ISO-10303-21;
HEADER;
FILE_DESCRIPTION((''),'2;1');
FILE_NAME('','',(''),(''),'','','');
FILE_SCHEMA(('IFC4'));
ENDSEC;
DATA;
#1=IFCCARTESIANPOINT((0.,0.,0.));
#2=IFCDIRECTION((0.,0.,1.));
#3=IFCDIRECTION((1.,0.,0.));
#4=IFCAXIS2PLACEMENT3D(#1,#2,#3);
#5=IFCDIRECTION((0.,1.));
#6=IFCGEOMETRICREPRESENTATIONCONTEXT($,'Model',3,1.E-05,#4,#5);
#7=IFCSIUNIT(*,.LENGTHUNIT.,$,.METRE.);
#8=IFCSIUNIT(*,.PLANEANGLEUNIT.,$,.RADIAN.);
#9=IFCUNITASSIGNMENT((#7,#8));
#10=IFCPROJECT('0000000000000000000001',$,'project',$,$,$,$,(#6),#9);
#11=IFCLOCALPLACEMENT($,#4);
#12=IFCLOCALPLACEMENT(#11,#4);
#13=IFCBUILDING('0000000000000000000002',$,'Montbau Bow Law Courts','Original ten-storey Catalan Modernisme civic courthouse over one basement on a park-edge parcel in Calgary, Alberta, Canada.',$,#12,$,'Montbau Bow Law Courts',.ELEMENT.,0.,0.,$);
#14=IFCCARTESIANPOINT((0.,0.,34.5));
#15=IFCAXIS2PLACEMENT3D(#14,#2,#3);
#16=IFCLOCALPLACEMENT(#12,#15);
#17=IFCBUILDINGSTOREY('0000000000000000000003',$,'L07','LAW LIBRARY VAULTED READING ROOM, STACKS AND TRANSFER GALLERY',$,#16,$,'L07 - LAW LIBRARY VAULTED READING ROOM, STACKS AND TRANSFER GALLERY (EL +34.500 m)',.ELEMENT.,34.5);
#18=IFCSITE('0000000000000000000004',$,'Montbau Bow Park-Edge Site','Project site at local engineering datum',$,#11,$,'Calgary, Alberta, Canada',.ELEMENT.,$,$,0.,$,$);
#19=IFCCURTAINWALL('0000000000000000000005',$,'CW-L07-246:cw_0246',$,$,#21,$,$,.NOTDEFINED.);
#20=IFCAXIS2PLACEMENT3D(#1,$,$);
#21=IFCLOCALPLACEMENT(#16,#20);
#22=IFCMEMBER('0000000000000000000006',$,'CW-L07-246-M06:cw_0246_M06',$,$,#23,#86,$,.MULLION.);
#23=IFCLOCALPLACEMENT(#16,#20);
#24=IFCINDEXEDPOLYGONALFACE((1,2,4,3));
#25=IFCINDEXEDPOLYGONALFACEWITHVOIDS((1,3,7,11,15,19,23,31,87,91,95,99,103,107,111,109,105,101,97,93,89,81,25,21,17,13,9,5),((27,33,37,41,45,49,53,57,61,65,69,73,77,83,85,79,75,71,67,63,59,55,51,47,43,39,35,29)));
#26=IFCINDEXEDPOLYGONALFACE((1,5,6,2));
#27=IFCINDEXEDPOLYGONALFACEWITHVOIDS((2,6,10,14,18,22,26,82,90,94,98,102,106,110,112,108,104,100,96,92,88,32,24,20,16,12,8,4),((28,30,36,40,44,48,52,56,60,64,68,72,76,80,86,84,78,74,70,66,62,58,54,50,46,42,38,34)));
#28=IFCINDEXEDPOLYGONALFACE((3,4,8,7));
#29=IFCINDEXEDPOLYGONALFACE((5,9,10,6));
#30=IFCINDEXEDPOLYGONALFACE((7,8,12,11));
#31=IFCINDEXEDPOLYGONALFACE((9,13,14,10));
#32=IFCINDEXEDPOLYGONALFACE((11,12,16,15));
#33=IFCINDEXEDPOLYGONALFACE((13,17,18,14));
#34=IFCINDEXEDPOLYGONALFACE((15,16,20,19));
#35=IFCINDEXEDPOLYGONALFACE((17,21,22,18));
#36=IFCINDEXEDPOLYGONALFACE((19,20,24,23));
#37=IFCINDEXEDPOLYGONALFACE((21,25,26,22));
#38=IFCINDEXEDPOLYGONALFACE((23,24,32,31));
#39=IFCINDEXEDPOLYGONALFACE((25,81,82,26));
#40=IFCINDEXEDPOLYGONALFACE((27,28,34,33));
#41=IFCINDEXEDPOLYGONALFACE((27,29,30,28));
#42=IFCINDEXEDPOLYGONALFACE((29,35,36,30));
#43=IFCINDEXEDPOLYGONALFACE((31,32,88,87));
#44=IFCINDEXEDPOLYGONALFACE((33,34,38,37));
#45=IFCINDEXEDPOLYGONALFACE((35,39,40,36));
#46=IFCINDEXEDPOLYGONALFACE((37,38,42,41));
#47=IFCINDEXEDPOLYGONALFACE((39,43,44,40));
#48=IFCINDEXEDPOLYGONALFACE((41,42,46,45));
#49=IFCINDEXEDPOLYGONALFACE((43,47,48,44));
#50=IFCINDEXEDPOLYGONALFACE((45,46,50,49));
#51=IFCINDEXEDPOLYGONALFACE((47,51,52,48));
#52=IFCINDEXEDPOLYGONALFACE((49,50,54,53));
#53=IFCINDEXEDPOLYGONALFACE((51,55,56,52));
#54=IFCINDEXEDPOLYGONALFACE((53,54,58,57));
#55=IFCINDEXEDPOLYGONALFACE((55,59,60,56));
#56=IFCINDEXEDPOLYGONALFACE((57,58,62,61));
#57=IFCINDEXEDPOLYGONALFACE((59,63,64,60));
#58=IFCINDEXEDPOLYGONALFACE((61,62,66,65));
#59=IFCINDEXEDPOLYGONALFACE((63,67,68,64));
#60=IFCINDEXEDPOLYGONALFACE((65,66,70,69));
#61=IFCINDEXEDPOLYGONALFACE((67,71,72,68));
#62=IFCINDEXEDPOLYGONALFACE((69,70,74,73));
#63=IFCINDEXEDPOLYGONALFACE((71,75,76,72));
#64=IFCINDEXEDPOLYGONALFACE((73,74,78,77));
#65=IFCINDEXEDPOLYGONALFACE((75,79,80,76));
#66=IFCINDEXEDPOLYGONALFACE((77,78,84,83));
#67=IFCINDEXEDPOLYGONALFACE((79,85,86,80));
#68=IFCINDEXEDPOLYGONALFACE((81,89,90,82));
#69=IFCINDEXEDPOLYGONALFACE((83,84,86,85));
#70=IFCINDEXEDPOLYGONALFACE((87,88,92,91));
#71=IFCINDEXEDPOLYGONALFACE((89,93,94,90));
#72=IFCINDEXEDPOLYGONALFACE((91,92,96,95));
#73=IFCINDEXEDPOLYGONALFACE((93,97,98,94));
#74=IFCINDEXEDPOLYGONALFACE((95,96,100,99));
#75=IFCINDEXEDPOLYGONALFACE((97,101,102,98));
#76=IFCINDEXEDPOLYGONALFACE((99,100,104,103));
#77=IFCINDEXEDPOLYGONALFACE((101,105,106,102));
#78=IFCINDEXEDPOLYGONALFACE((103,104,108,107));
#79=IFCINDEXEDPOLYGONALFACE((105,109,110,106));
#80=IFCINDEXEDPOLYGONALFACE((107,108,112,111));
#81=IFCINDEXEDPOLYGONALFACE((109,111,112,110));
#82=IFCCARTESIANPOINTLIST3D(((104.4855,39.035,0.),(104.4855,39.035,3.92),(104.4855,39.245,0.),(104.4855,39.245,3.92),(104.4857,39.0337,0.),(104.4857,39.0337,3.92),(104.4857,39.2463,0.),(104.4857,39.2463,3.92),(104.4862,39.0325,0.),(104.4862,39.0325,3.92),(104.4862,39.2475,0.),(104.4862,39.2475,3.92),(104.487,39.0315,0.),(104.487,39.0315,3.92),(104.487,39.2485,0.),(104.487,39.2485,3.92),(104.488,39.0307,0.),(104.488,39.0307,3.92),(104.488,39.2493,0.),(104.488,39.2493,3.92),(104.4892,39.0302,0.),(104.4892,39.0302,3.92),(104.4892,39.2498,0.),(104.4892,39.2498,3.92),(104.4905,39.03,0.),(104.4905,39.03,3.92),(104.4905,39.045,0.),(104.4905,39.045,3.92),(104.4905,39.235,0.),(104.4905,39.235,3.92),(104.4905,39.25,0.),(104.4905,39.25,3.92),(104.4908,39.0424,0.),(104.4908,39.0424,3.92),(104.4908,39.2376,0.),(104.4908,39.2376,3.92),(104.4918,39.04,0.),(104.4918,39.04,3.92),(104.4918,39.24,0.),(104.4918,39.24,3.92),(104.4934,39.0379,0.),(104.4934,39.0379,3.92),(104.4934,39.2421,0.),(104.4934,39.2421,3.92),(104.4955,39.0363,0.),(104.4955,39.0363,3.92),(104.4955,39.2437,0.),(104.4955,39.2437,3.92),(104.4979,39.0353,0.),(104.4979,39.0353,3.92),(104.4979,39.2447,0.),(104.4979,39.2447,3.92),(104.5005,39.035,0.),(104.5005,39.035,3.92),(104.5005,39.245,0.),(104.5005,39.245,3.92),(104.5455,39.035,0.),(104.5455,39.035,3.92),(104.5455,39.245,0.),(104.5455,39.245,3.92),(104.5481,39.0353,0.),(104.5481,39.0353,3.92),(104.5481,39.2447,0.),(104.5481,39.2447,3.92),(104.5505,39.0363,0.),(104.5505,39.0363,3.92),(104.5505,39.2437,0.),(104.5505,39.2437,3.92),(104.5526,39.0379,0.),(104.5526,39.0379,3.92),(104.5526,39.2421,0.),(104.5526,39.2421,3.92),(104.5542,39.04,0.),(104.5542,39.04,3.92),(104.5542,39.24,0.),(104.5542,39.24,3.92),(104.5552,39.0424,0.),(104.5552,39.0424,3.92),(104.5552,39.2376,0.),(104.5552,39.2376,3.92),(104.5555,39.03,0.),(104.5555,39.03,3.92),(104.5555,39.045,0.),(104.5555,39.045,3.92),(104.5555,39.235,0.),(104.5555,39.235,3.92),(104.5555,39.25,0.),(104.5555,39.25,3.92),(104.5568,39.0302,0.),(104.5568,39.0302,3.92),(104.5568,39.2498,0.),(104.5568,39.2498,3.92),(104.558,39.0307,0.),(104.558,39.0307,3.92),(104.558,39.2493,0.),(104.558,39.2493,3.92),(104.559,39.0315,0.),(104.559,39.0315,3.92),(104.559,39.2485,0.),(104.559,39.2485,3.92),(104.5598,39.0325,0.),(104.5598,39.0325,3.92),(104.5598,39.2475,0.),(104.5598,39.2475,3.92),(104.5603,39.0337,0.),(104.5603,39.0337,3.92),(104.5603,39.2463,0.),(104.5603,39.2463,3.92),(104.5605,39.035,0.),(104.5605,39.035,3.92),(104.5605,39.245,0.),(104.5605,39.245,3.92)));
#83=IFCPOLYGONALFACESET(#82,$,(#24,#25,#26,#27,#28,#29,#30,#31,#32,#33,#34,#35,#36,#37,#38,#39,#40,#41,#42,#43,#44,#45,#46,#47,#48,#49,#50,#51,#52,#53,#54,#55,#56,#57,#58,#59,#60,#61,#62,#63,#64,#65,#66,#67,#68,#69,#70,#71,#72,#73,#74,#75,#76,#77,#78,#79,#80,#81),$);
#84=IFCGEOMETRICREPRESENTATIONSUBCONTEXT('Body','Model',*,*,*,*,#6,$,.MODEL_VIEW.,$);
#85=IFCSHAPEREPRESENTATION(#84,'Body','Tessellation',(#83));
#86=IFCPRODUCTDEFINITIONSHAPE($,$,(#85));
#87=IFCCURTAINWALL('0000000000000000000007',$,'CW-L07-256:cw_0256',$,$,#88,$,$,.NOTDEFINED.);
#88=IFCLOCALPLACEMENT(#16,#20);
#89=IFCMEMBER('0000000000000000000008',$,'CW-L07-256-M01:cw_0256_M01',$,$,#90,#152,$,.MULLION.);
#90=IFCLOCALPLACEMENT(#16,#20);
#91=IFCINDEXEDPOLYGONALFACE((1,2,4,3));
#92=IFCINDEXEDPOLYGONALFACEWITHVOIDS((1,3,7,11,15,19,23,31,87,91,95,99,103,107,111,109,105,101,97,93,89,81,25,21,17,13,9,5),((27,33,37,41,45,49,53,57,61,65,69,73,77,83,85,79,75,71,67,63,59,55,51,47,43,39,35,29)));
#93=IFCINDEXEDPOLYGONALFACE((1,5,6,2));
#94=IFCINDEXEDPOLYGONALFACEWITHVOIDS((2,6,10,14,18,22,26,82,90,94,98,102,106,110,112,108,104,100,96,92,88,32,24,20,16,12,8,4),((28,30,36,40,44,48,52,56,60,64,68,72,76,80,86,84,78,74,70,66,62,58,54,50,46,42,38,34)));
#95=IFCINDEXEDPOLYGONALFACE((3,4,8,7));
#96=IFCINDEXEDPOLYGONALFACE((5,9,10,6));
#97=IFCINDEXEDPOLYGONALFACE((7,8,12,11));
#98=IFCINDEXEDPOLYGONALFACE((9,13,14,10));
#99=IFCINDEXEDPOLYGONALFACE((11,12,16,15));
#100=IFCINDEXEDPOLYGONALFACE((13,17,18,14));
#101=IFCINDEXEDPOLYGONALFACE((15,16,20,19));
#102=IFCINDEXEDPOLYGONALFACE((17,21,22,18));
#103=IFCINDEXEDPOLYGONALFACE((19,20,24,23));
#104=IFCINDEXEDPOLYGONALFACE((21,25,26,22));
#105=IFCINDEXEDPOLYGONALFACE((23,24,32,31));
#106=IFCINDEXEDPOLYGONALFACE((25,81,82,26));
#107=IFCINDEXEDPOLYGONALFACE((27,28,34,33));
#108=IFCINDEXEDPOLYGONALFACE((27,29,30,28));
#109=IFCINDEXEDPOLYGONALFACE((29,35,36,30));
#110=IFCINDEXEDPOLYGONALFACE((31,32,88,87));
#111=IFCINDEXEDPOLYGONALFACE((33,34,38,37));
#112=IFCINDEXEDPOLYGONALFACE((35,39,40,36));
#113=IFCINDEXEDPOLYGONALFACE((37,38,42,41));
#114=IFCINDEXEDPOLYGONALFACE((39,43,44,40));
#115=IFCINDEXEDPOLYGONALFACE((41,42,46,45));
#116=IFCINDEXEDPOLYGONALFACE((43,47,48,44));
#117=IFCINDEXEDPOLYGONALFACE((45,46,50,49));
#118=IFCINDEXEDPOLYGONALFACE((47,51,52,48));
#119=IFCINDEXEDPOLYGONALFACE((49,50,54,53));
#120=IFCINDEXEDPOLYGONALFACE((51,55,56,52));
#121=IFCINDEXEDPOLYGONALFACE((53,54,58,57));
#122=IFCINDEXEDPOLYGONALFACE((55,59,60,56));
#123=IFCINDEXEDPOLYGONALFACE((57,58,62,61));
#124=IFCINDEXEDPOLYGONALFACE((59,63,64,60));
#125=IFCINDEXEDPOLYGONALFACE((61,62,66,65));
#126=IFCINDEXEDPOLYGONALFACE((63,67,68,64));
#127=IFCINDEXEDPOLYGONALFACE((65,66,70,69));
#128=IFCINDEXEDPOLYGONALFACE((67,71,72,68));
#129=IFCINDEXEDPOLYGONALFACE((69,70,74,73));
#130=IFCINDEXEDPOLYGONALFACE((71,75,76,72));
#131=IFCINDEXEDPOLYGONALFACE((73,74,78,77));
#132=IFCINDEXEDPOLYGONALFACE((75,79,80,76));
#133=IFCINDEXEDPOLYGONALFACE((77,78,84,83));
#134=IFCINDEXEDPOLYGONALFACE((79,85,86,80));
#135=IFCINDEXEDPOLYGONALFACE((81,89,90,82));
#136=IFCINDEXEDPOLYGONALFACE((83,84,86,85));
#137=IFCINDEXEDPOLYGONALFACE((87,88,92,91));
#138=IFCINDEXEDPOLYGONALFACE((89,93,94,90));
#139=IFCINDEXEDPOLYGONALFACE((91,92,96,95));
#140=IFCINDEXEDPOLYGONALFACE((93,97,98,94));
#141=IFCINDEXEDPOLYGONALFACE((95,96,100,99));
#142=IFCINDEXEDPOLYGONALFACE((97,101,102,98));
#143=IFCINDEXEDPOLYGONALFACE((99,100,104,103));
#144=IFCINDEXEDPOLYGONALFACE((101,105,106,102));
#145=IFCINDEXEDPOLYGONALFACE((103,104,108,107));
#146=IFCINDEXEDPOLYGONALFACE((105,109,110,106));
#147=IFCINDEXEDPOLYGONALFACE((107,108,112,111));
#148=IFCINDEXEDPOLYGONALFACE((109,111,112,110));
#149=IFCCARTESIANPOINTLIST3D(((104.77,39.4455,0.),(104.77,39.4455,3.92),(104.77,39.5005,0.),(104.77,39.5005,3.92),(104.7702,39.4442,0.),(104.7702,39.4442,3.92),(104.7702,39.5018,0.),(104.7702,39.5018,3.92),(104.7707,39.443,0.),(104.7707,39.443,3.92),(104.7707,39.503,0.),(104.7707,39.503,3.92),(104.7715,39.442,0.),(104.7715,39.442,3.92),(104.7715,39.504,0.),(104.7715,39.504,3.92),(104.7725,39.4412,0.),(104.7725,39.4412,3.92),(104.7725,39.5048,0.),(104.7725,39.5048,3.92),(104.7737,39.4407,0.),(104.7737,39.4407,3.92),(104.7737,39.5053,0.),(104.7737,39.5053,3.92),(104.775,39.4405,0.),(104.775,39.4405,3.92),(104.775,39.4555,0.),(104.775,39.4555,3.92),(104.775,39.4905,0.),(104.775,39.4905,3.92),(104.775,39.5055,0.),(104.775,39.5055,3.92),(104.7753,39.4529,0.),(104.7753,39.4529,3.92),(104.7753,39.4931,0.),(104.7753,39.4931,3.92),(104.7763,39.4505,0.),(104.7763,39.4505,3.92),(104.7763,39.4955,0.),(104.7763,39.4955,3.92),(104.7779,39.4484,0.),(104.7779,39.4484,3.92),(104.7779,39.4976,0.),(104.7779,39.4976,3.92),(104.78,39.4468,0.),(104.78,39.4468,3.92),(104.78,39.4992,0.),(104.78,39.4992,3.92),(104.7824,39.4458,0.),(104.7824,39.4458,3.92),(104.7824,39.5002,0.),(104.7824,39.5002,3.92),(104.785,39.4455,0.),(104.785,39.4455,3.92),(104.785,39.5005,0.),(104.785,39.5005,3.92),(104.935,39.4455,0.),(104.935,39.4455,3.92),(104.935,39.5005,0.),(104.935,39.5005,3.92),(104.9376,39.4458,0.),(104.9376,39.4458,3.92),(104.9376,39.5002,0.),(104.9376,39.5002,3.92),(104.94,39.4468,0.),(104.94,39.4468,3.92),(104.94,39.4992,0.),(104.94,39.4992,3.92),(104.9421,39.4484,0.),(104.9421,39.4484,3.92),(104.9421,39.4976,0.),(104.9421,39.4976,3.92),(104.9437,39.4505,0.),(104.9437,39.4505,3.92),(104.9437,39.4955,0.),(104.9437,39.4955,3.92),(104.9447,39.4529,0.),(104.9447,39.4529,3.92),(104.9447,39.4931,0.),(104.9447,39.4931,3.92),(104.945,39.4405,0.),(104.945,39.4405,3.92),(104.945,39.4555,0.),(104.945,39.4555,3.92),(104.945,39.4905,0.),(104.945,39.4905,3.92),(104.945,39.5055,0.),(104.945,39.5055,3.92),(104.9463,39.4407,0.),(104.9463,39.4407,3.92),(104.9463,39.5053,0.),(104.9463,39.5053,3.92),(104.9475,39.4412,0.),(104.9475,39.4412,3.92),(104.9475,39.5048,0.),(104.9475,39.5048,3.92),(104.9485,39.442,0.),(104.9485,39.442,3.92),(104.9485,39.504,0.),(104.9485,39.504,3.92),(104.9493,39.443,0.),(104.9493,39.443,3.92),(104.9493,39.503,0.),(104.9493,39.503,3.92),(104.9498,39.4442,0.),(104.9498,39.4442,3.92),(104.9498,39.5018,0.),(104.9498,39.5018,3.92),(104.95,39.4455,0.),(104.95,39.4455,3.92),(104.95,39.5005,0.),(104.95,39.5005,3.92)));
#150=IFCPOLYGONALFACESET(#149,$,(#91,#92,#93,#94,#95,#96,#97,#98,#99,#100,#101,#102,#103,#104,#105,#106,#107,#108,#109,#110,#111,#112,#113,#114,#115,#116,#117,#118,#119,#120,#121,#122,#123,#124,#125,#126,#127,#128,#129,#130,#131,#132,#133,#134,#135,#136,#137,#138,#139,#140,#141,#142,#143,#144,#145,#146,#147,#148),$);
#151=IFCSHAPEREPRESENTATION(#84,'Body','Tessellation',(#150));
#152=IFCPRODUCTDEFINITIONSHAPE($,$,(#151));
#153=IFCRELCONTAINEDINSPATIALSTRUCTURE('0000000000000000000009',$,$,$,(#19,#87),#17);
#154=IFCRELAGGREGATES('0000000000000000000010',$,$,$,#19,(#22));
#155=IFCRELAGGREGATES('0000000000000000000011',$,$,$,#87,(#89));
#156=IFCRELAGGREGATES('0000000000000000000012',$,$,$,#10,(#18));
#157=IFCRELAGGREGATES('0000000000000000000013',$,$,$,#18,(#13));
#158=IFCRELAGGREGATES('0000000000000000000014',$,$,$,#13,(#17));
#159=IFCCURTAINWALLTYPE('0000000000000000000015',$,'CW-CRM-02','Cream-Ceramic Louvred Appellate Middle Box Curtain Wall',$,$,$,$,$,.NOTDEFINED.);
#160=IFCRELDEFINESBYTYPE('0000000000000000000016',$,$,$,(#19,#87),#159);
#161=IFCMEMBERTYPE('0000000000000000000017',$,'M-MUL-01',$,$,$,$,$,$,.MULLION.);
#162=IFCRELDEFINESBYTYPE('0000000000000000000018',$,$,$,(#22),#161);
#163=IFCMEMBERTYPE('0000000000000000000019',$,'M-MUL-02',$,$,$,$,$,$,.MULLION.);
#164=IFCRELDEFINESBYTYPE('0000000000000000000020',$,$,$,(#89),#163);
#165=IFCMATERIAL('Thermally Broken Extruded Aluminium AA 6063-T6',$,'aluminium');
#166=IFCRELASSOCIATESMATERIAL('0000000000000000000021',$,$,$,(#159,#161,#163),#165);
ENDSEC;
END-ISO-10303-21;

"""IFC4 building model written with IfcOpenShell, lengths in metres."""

from ifc_helpers import new_model, si_unit, direction, frame, origin_with_axes, origin_2d_with_axis, place, context, subcontext, project, spatial, hollow_rectangle, extrude, material, material_profile, profile_set, type_object, element, aggregate, save


model = new_model("IFC4")

# Units and contexts
model_context = context("Model", 3, precision=1e-05, world=origin_with_axes(), true_north=direction((0.0, 1.0)))
body_context = subcontext(model_context, "Body", "Model", "MODEL_VIEW")
ifc_project = project(units=[si_unit("LENGTHUNIT", "METRE"), si_unit("PLANEANGLEUNIT", "RADIAN")], contexts=[model_context])

# Site, building, storey
site_placement = place(None, origin_with_axes())
site = spatial("IfcSite", under=ifc_project, at=site_placement, Name="Montbau Bow Park-Edge Site", Description="Project site at local engineering datum", LongName="Calgary, Alberta, Canada", CompositionType="ELEMENT", RefElevation=0.0)
building_placement = place(site_placement, origin_with_axes())
building = spatial("IfcBuilding", under=site, at=building_placement, Name="Montbau Bow Law Courts", Description="Original ten-storey Catalan Modernisme civic courthouse over one basement on a park-edge parcel in Calgary, Alberta, Canada.", LongName="Montbau Bow Law Courts", CompositionType="ELEMENT", ElevationOfRefHeight=0.0, ElevationOfTerrain=0.0)
storey_placement = place(building_placement, frame((0.0, 0.0, 34.5), z_axis=(0.0, 0.0, 1.0), x_axis=(1.0, 0.0, 0.0)))
storey = spatial("IfcBuildingStorey", under=building, at=storey_placement, Name="L07", Description="LAW LIBRARY VAULTED READING ROOM, STACKS AND TRANSFER GALLERY", LongName="L07 - LAW LIBRARY VAULTED READING ROOM, STACKS AND TRANSFER GALLERY (EL +34.500 m)", CompositionType="ELEMENT", Elevation=34.5)

# Curtain wall, member
ifc_material_1 = material(Name="Thermally Broken Extruded Aluminium AA 6063-T6", Category="aluminium")
curtain_wall_type = type_object("IfcCurtainWallType", Name="CW-CRM-02", Description="Cream-Ceramic Louvred Appellate Middle Box Curtain Wall", PredefinedType="NOTDEFINED", material=ifc_material_1)
curtain_wall_1_placement = place(None, frame((97.64, 39.14, 34.5), z_axis=(0.0, 0.0, 1.0), x_axis=(1.0, 0.0, 0.0)))
curtain_wall_1 = element("IfcCurtainWall", 1, at=curtain_wall_1_placement, inside=storey, type_object=curtain_wall_type, Name="CW-L07-246:cw_0246", PredefinedType="NOTDEFINED")
ifc_material_profile_1 = material_profile(ifc_material_1, hollow_rectangle(XDim=0.075, YDim=0.22, WallThickness=0.005, InnerFilletRadius=0.01, OuterFilletRadius=0.005, at=origin_2d_with_axis()), Name="CWM-220X75", Category="Main", Priority=0)
ifc_profile_set_1 = profile_set([ifc_material_profile_1], Name="Thermally Broken Extruded Aluminium AA 6063-T6")
member_type_1 = type_object("IfcMemberType", Name="M-MUL-01", PredefinedType="MULLION", material=ifc_profile_set_1)
member_1_placement = place(None, frame((104.523, 39.14, 34.5), z_axis=(0.0, 0.0, 1.0), x_axis=(1.0, 0.0, 0.0)))
member_1 = element("IfcMember", 2, at=member_1_placement, type_object=member_type_1, Name="CW-L07-246-M06:cw_0246_M06", PredefinedType="MULLION", context=body_context, shape_type="SweptSolid", body=[
    extrude(hollow_rectangle(XDim=0.075, YDim=0.22, WallThickness=0.005, InnerFilletRadius=0.01, OuterFilletRadius=0.005, at=origin_2d_with_axis()), origin_with_axes(), (0.0, 0.0, 1.0), 3.92),
])

# Curtain wall, member
curtain_wall_2_placement = place(None, frame((104.86, 39.44, 34.5), z_axis=(0.0, 0.0, 1.0), x_axis=(1.0, 0.0, 0.0)))
curtain_wall_2 = element("IfcCurtainWall", 3, at=curtain_wall_2_placement, inside=storey, type_object=curtain_wall_type, Name="CW-L07-256:cw_0256", PredefinedType="NOTDEFINED")
ifc_material_profile_2 = material_profile(ifc_material_1, hollow_rectangle(XDim=0.065, YDim=0.18, WallThickness=0.005, InnerFilletRadius=0.01, OuterFilletRadius=0.005, at=origin_2d_with_axis()), Name="CWM-180X65", Category="Main", Priority=0)
ifc_profile_set_2 = profile_set([ifc_material_profile_2], Name="Thermally Broken Extruded Aluminium AA 6063-T6")
member_type_2 = type_object("IfcMemberType", Name="M-MUL-02", PredefinedType="MULLION", material=ifc_profile_set_2)
member_2_placement = place(None, frame((104.86, 39.473, 34.5), z_axis=(0.0, 0.0, 1.0), x_axis=(0.0, 1.0, 0.0)))
member_2 = element("IfcMember", 4, at=member_2_placement, type_object=member_type_2, Name="CW-L07-256-M01:cw_0256_M01", PredefinedType="MULLION", context=body_context, shape_type="SweptSolid", body=[
    extrude(hollow_rectangle(XDim=0.065, YDim=0.18, WallThickness=0.005, InnerFilletRadius=0.01, OuterFilletRadius=0.005, at=origin_2d_with_axis()), origin_with_axes(), (0.0, 0.0, 1.0), 3.92),
])

aggregate(curtain_wall_1, [member_1])
aggregate(curtain_wall_2, [member_2])

save(model, "model.ifc")
